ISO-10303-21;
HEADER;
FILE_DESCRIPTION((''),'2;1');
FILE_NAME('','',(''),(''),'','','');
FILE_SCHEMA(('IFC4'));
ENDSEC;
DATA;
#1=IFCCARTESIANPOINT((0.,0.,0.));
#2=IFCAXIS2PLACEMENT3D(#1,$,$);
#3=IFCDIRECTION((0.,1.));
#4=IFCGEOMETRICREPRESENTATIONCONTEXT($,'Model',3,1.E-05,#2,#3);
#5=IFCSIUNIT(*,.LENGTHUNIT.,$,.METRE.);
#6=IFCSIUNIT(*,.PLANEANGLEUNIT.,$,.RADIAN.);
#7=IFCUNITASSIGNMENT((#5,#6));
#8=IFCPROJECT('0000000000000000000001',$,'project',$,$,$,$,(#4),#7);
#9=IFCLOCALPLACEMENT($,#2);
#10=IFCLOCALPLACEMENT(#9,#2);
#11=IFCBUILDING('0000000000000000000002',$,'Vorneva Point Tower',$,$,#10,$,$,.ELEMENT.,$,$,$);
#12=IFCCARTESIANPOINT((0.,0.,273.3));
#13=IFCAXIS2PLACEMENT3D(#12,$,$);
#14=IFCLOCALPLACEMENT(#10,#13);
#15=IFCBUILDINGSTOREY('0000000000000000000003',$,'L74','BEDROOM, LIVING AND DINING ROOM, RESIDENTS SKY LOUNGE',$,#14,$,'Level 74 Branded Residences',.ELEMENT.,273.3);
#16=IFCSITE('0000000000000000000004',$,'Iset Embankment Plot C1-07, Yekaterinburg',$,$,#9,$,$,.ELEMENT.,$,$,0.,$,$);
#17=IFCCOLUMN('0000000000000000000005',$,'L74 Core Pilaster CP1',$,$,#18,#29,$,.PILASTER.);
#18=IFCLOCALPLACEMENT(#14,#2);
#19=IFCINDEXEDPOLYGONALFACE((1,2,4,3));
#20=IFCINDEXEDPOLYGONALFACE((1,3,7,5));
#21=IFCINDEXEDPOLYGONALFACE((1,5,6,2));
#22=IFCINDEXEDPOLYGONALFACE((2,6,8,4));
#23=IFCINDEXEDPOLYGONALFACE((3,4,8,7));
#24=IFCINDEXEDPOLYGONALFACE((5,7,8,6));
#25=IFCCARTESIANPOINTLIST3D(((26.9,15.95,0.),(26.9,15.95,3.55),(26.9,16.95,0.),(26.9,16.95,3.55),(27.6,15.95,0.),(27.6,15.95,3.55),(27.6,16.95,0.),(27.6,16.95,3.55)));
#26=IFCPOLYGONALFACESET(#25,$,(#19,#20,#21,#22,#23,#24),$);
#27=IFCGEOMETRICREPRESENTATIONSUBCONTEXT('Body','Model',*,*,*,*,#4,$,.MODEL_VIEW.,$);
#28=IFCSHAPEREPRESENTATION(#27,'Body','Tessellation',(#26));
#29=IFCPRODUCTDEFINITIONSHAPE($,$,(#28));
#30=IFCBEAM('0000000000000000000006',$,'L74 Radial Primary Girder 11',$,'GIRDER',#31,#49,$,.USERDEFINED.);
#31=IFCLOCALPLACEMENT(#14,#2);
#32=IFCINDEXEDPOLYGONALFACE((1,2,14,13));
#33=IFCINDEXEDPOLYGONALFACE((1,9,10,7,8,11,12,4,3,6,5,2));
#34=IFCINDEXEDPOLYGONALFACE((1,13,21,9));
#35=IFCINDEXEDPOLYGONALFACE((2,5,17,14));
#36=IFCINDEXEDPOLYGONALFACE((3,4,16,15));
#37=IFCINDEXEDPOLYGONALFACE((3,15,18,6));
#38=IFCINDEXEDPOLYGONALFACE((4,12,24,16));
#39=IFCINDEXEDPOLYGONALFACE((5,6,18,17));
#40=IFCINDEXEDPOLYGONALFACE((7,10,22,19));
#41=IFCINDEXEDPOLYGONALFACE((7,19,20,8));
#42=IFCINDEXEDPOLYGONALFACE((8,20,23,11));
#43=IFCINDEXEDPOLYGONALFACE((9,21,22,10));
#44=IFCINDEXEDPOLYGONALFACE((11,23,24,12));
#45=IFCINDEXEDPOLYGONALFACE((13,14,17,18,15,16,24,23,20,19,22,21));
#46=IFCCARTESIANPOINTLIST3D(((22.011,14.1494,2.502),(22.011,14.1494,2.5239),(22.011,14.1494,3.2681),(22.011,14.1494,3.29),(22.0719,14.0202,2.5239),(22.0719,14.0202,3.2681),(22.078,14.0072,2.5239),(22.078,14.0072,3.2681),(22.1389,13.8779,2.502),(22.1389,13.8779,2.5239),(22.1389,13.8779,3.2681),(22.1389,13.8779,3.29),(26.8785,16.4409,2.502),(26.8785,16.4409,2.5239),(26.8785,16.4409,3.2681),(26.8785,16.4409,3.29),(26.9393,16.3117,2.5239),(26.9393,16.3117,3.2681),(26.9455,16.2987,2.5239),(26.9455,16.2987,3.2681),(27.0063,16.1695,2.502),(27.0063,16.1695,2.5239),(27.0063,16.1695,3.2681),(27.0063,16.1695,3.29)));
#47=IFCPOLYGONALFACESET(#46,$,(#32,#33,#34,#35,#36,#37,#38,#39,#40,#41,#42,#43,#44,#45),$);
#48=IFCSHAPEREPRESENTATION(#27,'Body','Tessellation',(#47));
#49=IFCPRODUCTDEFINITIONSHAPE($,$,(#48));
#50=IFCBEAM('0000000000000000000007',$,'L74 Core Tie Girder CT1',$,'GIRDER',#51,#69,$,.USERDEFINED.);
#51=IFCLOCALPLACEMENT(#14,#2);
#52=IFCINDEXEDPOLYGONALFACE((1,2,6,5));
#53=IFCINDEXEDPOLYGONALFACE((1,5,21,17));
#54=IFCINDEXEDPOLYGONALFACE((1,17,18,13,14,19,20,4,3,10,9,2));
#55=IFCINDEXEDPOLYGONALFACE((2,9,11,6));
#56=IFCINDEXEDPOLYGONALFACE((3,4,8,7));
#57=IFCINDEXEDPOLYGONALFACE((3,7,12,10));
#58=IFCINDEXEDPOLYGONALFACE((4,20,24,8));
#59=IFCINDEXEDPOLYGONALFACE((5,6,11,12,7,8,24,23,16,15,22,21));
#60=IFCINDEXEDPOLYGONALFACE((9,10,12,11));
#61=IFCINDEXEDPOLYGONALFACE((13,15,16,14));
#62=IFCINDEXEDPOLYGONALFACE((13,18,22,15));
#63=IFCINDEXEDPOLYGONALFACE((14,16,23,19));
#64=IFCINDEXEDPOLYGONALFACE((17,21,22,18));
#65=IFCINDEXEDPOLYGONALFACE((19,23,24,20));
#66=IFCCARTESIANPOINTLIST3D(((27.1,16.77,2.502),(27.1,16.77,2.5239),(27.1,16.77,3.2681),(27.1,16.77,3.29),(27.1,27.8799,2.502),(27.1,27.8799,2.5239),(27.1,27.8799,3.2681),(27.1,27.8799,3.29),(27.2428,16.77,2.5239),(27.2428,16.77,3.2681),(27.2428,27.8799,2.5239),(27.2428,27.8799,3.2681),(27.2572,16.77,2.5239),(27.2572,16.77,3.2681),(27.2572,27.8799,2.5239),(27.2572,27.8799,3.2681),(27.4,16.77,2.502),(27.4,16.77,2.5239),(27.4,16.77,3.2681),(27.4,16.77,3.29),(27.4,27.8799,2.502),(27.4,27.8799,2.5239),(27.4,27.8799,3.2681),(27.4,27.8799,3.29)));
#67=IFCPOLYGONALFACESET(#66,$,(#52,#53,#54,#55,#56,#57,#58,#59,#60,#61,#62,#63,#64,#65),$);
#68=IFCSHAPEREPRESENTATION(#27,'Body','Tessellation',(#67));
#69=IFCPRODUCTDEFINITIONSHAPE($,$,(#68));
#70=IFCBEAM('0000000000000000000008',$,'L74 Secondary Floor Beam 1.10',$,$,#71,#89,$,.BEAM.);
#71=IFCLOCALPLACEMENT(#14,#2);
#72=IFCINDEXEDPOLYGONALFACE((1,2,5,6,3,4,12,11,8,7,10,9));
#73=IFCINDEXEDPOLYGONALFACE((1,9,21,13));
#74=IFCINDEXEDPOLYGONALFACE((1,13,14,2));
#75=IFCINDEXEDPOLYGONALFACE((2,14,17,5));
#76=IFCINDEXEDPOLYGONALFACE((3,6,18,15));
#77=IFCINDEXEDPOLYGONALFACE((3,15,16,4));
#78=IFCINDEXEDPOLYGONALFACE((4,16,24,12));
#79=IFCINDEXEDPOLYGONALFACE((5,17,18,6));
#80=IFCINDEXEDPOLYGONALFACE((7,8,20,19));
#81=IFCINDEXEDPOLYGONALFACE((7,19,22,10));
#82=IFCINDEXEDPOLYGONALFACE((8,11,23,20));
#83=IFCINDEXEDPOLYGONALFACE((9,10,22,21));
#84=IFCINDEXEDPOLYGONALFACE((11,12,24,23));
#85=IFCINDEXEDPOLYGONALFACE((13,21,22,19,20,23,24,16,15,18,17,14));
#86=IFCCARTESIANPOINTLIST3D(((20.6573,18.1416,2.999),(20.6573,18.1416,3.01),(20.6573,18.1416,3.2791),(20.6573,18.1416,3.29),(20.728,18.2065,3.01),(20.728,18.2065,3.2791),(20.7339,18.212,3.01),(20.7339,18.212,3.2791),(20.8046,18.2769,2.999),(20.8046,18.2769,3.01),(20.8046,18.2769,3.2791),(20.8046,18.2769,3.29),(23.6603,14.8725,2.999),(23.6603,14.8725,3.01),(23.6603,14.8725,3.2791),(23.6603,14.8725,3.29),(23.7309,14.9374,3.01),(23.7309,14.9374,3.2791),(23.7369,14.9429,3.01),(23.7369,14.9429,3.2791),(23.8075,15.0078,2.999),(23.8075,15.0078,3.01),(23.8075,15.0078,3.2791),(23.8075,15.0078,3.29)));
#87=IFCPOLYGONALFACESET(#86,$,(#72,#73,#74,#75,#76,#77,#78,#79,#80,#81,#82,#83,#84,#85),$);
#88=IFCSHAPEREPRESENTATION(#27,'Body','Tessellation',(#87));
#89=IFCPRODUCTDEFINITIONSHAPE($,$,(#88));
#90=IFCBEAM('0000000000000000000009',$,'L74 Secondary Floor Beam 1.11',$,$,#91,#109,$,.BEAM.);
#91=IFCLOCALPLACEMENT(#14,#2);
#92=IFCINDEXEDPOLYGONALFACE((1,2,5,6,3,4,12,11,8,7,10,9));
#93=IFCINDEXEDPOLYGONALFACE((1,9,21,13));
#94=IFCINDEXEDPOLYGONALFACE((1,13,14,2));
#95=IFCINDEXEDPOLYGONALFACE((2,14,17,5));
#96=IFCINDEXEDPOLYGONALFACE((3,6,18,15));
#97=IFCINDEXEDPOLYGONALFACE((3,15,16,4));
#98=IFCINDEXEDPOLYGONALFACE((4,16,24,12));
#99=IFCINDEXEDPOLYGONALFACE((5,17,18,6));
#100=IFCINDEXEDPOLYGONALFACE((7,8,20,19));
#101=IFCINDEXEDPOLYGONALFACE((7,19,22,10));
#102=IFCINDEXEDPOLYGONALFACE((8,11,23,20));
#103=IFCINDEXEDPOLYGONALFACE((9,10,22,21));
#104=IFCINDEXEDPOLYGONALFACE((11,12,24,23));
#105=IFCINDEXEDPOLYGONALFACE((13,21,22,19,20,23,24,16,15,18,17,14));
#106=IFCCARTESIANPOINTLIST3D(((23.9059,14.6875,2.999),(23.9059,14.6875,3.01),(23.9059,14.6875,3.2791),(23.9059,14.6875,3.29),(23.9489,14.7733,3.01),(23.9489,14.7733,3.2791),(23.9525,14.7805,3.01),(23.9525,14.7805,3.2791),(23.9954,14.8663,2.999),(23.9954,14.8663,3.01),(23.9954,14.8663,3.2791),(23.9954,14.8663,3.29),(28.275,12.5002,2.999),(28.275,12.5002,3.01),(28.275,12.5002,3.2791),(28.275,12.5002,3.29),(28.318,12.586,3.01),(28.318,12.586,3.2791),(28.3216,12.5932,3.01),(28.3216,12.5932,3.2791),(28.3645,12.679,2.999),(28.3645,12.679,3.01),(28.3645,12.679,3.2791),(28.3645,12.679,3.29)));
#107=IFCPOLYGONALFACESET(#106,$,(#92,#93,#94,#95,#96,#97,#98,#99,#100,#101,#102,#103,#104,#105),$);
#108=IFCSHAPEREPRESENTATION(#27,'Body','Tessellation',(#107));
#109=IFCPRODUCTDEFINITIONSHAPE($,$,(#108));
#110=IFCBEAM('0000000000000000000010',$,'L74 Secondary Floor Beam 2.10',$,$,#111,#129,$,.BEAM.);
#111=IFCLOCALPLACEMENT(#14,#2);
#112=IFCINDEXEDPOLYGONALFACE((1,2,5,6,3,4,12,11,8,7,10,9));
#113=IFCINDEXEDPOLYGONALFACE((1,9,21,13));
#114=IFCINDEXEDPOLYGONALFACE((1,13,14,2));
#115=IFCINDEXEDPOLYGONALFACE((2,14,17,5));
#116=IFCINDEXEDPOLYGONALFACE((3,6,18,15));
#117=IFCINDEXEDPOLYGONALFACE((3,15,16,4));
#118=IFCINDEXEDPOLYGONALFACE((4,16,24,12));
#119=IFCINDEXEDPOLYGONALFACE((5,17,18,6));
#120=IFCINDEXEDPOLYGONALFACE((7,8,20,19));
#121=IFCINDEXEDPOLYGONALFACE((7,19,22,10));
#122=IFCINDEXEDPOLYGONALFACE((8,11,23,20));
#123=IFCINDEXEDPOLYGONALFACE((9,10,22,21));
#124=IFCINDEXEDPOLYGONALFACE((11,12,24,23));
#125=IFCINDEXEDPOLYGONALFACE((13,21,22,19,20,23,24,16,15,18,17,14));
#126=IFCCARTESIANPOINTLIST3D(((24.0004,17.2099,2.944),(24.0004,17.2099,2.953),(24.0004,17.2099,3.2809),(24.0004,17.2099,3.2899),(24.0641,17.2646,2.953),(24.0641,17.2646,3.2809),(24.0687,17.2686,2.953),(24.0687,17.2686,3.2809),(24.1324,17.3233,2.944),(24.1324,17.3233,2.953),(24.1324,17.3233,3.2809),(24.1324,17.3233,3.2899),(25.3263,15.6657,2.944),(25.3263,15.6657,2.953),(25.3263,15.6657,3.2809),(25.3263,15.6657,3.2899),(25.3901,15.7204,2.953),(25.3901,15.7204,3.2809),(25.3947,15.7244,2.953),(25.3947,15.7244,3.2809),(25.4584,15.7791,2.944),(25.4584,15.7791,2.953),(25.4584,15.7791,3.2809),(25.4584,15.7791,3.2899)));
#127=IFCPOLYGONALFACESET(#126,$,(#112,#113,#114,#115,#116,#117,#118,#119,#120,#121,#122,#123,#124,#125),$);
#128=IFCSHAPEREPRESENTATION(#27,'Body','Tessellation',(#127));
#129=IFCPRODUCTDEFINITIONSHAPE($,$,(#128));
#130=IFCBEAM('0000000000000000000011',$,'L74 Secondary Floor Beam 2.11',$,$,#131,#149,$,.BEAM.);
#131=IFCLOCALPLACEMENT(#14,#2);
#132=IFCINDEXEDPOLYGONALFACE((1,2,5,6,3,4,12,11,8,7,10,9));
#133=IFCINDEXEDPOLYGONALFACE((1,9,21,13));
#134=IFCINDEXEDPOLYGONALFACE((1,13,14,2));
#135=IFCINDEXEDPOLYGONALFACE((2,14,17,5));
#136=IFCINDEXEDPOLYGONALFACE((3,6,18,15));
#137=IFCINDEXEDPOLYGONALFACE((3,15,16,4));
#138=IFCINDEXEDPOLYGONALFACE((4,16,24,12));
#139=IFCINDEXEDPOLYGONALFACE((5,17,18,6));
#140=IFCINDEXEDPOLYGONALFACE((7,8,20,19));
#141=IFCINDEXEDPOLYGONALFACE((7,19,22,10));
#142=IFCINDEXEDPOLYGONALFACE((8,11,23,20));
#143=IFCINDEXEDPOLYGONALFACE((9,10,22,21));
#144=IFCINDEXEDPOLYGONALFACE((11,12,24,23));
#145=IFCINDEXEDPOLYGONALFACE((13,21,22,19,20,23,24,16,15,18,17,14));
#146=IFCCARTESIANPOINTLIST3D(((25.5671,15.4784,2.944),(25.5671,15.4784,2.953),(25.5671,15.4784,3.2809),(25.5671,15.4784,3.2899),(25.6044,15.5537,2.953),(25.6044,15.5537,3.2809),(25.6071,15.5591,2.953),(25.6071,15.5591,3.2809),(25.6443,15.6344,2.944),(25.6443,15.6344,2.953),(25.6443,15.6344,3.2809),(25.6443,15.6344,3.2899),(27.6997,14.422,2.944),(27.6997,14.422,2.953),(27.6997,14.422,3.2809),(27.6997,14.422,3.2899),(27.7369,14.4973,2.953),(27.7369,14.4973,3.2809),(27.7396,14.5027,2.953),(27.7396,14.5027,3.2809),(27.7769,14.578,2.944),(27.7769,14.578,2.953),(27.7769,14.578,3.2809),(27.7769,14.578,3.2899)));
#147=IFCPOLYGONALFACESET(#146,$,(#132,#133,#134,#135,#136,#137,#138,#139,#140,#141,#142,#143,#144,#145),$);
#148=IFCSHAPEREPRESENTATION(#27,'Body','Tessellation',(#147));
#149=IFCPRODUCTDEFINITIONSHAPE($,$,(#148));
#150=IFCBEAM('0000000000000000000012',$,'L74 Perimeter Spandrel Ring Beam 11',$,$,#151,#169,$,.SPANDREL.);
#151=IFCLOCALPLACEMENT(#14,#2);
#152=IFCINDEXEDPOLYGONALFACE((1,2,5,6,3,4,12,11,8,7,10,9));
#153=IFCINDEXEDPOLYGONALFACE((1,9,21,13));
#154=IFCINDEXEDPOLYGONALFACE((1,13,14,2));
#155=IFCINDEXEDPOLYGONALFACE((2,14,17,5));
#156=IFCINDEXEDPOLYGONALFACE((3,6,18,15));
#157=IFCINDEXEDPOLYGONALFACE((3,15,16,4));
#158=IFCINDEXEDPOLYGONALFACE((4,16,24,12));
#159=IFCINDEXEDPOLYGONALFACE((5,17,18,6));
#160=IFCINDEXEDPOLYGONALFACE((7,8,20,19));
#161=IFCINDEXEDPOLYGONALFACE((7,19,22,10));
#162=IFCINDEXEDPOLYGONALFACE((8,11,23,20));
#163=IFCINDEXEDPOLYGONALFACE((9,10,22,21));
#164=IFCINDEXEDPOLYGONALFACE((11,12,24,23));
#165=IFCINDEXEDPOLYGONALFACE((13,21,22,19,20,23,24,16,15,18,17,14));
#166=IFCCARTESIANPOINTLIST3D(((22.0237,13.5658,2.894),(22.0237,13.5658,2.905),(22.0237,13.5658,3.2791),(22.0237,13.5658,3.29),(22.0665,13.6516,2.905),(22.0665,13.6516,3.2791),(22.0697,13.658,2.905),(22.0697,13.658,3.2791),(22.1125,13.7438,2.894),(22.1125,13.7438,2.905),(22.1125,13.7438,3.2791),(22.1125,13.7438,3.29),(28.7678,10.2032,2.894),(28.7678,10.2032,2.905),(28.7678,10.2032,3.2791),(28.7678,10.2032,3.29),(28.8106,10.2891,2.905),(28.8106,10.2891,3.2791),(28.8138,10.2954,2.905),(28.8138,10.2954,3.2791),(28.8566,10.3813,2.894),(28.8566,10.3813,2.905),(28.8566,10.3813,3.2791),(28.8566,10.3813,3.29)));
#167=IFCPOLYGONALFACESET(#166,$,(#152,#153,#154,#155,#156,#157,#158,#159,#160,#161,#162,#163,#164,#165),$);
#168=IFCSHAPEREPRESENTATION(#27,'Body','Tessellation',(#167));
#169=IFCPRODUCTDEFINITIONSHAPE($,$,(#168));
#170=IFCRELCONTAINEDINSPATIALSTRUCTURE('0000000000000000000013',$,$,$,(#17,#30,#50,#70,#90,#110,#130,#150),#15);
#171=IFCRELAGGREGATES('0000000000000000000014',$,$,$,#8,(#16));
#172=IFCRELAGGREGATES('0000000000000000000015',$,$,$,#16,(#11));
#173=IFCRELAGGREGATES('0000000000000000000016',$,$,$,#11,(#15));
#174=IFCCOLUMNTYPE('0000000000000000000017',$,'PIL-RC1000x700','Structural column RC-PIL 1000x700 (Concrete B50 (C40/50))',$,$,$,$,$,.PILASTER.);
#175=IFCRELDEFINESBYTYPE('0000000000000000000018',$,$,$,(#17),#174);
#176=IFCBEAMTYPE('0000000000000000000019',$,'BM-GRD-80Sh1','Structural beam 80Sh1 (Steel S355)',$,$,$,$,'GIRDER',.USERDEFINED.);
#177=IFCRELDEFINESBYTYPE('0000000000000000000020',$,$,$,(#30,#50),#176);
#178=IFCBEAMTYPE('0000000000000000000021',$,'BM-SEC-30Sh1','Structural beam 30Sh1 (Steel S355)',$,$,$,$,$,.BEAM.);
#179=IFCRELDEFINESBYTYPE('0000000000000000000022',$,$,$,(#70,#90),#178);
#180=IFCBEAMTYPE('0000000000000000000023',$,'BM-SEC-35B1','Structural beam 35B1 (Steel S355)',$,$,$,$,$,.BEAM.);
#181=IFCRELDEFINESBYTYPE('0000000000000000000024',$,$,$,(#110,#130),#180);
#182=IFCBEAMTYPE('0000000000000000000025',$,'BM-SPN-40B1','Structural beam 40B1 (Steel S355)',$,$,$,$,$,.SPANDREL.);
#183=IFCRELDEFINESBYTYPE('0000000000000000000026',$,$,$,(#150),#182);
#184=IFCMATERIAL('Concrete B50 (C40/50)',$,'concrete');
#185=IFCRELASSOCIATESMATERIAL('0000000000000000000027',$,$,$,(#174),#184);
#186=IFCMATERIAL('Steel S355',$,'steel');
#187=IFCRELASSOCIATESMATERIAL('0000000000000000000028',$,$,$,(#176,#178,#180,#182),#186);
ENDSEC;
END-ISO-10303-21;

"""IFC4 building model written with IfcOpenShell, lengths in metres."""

from ifc_helpers import new_model, si_unit, direction, frame, origin, origin_2d, place, context, subcontext, project, spatial, rectangle, i_section, extrude, material, material_profile, profile_set, type_object, element, save


model = new_model("IFC4")

# Units and contexts
model_context = context("Model", 3, precision=1e-05, world=origin(), true_north=direction((0.0, 1.0)))
body_context = subcontext(model_context, "Body", "Model", "MODEL_VIEW")
ifc_project = project(units=[si_unit("LENGTHUNIT", "METRE"), si_unit("PLANEANGLEUNIT", "RADIAN")], contexts=[model_context])

# Site, building, storey
site_placement = place(None, origin())
site = spatial("IfcSite", under=ifc_project, at=site_placement, Name="Iset Embankment Plot C1-07, Yekaterinburg", CompositionType="ELEMENT", RefElevation=0.0)
building_placement = place(site_placement, origin())
building = spatial("IfcBuilding", under=site, at=building_placement, Name="Vorneva Point Tower", CompositionType="ELEMENT")
storey_placement = place(building_placement, frame((0.0, 0.0, 273.3)))
storey = spatial("IfcBuildingStorey", under=building, at=storey_placement, Name="L74", Description="BEDROOM, LIVING AND DINING ROOM, RESIDENTS SKY LOUNGE", LongName="Level 74 Branded Residences", CompositionType="ELEMENT", Elevation=273.3)

# Column
ifc_material_1 = material(Name="Concrete B50 (C40/50)", Category="concrete")
ifc_material_profile_1 = material_profile(ifc_material_1, rectangle(XDim=0.7, YDim=1.0, at=origin_2d()), Name="RC-PIL 1000x700")
ifc_profile_set_1 = profile_set([ifc_material_profile_1], Name="Concrete B50 (C40/50)")
column_type_1 = type_object("IfcColumnType", Name="PIL-RC1000x700", Description="Structural column RC-PIL 1000x700 (Concrete B50 (C40/50))", PredefinedType="PILASTER", material=ifc_profile_set_1)
column_1_placement = place(storey_placement, frame((27.25, 16.45, 0.0), z_axis=(0.0, 0.0, 1.0), x_axis=(1.0, 0.0, 0.0)))
element("IfcColumn", 1, at=column_1_placement, inside=storey, type_object=column_type_1, Name="L74 Core Pilaster CP1", PredefinedType="PILASTER", context=body_context, shape_type="SweptSolid", body=[
    extrude(rectangle(XDim=0.7, YDim=1.0, at=origin_2d()), origin(), (0.0, 0.0, 1.0), 3.55),
])

# Beams
ifc_material_2 = material(Name="Steel S355", Category="steel")
ifc_material_profile_2 = material_profile(ifc_material_2, i_section(OverallWidth=0.3, OverallDepth=0.7881, WebThickness=0.0144, FlangeThickness=0.022, at=origin_2d()), Name="80Sh1")
ifc_profile_set_2 = profile_set([ifc_material_profile_2], Name="Steel S355")
beam_type_1 = type_object("IfcBeamType", Name="BM-GRD-80Sh1", Description="Structural beam 80Sh1 (Steel S355)", ElementType="GIRDER", PredefinedType="USERDEFINED", material=ifc_profile_set_2)
beam_1_placement = place(storey_placement, frame((22.075, 14.0137, 2.896), z_axis=(0.904751, 0.425941, 0.0), x_axis=(-0.425941, 0.904751, 0.0)))
element("IfcBeam", 2, at=beam_1_placement, inside=storey, type_object=beam_type_1, Name="L74 Radial Primary Girder 11", ObjectType="GIRDER", PredefinedType="USERDEFINED", context=body_context, shape_type="SweptSolid", body=[
    extrude(i_section(OverallWidth=0.3, OverallDepth=0.7881, WebThickness=0.0144, FlangeThickness=0.022, at=origin_2d()), origin(), (0.0, 0.0, 1.0), 5.3799),
])
beam_2_placement = place(storey_placement, frame((27.25, 16.77, 2.896), z_axis=(0.0, 1.0, 0.0), x_axis=(-1.0, 0.0, 0.0)))
element("IfcBeam", 3, at=beam_2_placement, inside=storey, type_object=beam_type_1, Name="L74 Core Tie Girder CT1", ObjectType="GIRDER", PredefinedType="USERDEFINED", context=body_context, shape_type="SweptSolid", body=[
    extrude(i_section(OverallWidth=0.3, OverallDepth=0.7881, WebThickness=0.0144, FlangeThickness=0.022, at=origin_2d()), origin(), (0.0, 0.0, 1.0), 11.1099),
])
ifc_material_profile_3 = material_profile(ifc_material_2, i_section(OverallWidth=0.2, OverallDepth=0.291, WebThickness=0.0081, FlangeThickness=0.011, at=origin_2d()), Name="30Sh1")
ifc_profile_set_3 = profile_set([ifc_material_profile_3], Name="Steel S355")
beam_type_2 = type_object("IfcBeamType", Name="BM-SEC-30Sh1", Description="Structural beam 30Sh1 (Steel S355)", PredefinedType="BEAM", material=ifc_profile_set_3)
beam_3_placement = place(storey_placement, frame((20.731, 18.2092, 3.1445), z_axis=(0.676496, -0.736446, 0.0), x_axis=(0.736446, 0.676496, 0.0)))
element("IfcBeam", 4, at=beam_3_placement, inside=storey, type_object=beam_type_2, Name="L74 Secondary Floor Beam 1.10", PredefinedType="BEAM", context=body_context, shape_type="SweptSolid", body=[
    extrude(i_section(OverallWidth=0.2, OverallDepth=0.291, WebThickness=0.0081, FlangeThickness=0.011, at=origin_2d()), origin(), (0.0, 0.0, 1.0), 4.439),
])
beam_4_placement = place(storey_placement, frame((23.9507, 14.7769, 3.1445), z_axis=(0.894207, -0.447653, 0.0), x_axis=(0.447653, 0.894207, 0.0)))
element("IfcBeam", 5, at=beam_4_placement, inside=storey, type_object=beam_type_2, Name="L74 Secondary Floor Beam 1.11", PredefinedType="BEAM", context=body_context, shape_type="SweptSolid", body=[
    extrude(i_section(OverallWidth=0.2, OverallDepth=0.291, WebThickness=0.0081, FlangeThickness=0.011, at=origin_2d()), origin(), (0.0, 0.0, 1.0), 4.886),
])
ifc_material_profile_4 = material_profile(ifc_material_2, i_section(OverallWidth=0.1741, OverallDepth=0.3459, WebThickness=0.0061, FlangeThickness=0.009, at=origin_2d()), Name="35B1")
ifc_profile_set_4 = profile_set([ifc_material_profile_4], Name="Steel S355")
beam_type_3 = type_object("IfcBeamType", Name="BM-SEC-35B1", Description="Structural beam 35B1 (Steel S355)", PredefinedType="BEAM", material=ifc_profile_set_4)
beam_5_placement = place(storey_placement, frame((24.0664, 17.2666, 3.1169), z_axis=(0.651453, -0.758689, 0.0), x_axis=(0.758689, 0.651453, 0.0)))
element("IfcBeam", 6, at=beam_5_placement, inside=storey, type_object=beam_type_3, Name="L74 Secondary Floor Beam 2.10", PredefinedType="BEAM", context=body_context, shape_type="SweptSolid", body=[
    extrude(i_section(OverallWidth=0.1741, OverallDepth=0.3459, WebThickness=0.0061, FlangeThickness=0.009, at=origin_2d()), origin(), (0.0, 0.0, 1.0), 2.0354),
])
beam_6_placement = place(storey_placement, frame((25.6057, 15.5564, 3.1169), z_axis=(0.896083, -0.443887, 0.0), x_axis=(0.443887, 0.896083, 0.0)))
element("IfcBeam", 7, at=beam_6_placement, inside=storey, type_object=beam_type_3, Name="L74 Secondary Floor Beam 2.11", PredefinedType="BEAM", context=body_context, shape_type="SweptSolid", body=[
    extrude(i_section(OverallWidth=0.1741, OverallDepth=0.3459, WebThickness=0.0061, FlangeThickness=0.009, at=origin_2d()), origin(), (0.0, 0.0, 1.0), 2.3799),
])
ifc_material_profile_5 = material_profile(ifc_material_2, i_section(OverallWidth=0.199, OverallDepth=0.396, WebThickness=0.0071, FlangeThickness=0.011, at=origin_2d()), Name="40B1")
ifc_profile_set_5 = profile_set([ifc_material_profile_5], Name="Steel S355")
beam_type_4 = type_object("IfcBeamType", Name="BM-SPN-40B1", Description="Structural beam 40B1 (Steel S355)", PredefinedType="SPANDREL", material=ifc_profile_set_5)
beam_7_placement = place(storey_placement, frame((22.0681, 13.6548, 3.092), z_axis=(0.894932, -0.446203, 0.0), x_axis=(0.446203, 0.894932, 0.0)))
element("IfcBeam", 8, at=beam_7_placement, inside=storey, type_object=beam_type_4, Name="L74 Perimeter Spandrel Ring Beam 11", PredefinedType="SPANDREL", context=body_context, shape_type="SweptSolid", body=[
    extrude(i_section(OverallWidth=0.199, OverallDepth=0.396, WebThickness=0.0071, FlangeThickness=0.011, at=origin_2d()), origin(), (0.0, 0.0, 1.0), 7.5359),
])

save(model, "model.ifc")
